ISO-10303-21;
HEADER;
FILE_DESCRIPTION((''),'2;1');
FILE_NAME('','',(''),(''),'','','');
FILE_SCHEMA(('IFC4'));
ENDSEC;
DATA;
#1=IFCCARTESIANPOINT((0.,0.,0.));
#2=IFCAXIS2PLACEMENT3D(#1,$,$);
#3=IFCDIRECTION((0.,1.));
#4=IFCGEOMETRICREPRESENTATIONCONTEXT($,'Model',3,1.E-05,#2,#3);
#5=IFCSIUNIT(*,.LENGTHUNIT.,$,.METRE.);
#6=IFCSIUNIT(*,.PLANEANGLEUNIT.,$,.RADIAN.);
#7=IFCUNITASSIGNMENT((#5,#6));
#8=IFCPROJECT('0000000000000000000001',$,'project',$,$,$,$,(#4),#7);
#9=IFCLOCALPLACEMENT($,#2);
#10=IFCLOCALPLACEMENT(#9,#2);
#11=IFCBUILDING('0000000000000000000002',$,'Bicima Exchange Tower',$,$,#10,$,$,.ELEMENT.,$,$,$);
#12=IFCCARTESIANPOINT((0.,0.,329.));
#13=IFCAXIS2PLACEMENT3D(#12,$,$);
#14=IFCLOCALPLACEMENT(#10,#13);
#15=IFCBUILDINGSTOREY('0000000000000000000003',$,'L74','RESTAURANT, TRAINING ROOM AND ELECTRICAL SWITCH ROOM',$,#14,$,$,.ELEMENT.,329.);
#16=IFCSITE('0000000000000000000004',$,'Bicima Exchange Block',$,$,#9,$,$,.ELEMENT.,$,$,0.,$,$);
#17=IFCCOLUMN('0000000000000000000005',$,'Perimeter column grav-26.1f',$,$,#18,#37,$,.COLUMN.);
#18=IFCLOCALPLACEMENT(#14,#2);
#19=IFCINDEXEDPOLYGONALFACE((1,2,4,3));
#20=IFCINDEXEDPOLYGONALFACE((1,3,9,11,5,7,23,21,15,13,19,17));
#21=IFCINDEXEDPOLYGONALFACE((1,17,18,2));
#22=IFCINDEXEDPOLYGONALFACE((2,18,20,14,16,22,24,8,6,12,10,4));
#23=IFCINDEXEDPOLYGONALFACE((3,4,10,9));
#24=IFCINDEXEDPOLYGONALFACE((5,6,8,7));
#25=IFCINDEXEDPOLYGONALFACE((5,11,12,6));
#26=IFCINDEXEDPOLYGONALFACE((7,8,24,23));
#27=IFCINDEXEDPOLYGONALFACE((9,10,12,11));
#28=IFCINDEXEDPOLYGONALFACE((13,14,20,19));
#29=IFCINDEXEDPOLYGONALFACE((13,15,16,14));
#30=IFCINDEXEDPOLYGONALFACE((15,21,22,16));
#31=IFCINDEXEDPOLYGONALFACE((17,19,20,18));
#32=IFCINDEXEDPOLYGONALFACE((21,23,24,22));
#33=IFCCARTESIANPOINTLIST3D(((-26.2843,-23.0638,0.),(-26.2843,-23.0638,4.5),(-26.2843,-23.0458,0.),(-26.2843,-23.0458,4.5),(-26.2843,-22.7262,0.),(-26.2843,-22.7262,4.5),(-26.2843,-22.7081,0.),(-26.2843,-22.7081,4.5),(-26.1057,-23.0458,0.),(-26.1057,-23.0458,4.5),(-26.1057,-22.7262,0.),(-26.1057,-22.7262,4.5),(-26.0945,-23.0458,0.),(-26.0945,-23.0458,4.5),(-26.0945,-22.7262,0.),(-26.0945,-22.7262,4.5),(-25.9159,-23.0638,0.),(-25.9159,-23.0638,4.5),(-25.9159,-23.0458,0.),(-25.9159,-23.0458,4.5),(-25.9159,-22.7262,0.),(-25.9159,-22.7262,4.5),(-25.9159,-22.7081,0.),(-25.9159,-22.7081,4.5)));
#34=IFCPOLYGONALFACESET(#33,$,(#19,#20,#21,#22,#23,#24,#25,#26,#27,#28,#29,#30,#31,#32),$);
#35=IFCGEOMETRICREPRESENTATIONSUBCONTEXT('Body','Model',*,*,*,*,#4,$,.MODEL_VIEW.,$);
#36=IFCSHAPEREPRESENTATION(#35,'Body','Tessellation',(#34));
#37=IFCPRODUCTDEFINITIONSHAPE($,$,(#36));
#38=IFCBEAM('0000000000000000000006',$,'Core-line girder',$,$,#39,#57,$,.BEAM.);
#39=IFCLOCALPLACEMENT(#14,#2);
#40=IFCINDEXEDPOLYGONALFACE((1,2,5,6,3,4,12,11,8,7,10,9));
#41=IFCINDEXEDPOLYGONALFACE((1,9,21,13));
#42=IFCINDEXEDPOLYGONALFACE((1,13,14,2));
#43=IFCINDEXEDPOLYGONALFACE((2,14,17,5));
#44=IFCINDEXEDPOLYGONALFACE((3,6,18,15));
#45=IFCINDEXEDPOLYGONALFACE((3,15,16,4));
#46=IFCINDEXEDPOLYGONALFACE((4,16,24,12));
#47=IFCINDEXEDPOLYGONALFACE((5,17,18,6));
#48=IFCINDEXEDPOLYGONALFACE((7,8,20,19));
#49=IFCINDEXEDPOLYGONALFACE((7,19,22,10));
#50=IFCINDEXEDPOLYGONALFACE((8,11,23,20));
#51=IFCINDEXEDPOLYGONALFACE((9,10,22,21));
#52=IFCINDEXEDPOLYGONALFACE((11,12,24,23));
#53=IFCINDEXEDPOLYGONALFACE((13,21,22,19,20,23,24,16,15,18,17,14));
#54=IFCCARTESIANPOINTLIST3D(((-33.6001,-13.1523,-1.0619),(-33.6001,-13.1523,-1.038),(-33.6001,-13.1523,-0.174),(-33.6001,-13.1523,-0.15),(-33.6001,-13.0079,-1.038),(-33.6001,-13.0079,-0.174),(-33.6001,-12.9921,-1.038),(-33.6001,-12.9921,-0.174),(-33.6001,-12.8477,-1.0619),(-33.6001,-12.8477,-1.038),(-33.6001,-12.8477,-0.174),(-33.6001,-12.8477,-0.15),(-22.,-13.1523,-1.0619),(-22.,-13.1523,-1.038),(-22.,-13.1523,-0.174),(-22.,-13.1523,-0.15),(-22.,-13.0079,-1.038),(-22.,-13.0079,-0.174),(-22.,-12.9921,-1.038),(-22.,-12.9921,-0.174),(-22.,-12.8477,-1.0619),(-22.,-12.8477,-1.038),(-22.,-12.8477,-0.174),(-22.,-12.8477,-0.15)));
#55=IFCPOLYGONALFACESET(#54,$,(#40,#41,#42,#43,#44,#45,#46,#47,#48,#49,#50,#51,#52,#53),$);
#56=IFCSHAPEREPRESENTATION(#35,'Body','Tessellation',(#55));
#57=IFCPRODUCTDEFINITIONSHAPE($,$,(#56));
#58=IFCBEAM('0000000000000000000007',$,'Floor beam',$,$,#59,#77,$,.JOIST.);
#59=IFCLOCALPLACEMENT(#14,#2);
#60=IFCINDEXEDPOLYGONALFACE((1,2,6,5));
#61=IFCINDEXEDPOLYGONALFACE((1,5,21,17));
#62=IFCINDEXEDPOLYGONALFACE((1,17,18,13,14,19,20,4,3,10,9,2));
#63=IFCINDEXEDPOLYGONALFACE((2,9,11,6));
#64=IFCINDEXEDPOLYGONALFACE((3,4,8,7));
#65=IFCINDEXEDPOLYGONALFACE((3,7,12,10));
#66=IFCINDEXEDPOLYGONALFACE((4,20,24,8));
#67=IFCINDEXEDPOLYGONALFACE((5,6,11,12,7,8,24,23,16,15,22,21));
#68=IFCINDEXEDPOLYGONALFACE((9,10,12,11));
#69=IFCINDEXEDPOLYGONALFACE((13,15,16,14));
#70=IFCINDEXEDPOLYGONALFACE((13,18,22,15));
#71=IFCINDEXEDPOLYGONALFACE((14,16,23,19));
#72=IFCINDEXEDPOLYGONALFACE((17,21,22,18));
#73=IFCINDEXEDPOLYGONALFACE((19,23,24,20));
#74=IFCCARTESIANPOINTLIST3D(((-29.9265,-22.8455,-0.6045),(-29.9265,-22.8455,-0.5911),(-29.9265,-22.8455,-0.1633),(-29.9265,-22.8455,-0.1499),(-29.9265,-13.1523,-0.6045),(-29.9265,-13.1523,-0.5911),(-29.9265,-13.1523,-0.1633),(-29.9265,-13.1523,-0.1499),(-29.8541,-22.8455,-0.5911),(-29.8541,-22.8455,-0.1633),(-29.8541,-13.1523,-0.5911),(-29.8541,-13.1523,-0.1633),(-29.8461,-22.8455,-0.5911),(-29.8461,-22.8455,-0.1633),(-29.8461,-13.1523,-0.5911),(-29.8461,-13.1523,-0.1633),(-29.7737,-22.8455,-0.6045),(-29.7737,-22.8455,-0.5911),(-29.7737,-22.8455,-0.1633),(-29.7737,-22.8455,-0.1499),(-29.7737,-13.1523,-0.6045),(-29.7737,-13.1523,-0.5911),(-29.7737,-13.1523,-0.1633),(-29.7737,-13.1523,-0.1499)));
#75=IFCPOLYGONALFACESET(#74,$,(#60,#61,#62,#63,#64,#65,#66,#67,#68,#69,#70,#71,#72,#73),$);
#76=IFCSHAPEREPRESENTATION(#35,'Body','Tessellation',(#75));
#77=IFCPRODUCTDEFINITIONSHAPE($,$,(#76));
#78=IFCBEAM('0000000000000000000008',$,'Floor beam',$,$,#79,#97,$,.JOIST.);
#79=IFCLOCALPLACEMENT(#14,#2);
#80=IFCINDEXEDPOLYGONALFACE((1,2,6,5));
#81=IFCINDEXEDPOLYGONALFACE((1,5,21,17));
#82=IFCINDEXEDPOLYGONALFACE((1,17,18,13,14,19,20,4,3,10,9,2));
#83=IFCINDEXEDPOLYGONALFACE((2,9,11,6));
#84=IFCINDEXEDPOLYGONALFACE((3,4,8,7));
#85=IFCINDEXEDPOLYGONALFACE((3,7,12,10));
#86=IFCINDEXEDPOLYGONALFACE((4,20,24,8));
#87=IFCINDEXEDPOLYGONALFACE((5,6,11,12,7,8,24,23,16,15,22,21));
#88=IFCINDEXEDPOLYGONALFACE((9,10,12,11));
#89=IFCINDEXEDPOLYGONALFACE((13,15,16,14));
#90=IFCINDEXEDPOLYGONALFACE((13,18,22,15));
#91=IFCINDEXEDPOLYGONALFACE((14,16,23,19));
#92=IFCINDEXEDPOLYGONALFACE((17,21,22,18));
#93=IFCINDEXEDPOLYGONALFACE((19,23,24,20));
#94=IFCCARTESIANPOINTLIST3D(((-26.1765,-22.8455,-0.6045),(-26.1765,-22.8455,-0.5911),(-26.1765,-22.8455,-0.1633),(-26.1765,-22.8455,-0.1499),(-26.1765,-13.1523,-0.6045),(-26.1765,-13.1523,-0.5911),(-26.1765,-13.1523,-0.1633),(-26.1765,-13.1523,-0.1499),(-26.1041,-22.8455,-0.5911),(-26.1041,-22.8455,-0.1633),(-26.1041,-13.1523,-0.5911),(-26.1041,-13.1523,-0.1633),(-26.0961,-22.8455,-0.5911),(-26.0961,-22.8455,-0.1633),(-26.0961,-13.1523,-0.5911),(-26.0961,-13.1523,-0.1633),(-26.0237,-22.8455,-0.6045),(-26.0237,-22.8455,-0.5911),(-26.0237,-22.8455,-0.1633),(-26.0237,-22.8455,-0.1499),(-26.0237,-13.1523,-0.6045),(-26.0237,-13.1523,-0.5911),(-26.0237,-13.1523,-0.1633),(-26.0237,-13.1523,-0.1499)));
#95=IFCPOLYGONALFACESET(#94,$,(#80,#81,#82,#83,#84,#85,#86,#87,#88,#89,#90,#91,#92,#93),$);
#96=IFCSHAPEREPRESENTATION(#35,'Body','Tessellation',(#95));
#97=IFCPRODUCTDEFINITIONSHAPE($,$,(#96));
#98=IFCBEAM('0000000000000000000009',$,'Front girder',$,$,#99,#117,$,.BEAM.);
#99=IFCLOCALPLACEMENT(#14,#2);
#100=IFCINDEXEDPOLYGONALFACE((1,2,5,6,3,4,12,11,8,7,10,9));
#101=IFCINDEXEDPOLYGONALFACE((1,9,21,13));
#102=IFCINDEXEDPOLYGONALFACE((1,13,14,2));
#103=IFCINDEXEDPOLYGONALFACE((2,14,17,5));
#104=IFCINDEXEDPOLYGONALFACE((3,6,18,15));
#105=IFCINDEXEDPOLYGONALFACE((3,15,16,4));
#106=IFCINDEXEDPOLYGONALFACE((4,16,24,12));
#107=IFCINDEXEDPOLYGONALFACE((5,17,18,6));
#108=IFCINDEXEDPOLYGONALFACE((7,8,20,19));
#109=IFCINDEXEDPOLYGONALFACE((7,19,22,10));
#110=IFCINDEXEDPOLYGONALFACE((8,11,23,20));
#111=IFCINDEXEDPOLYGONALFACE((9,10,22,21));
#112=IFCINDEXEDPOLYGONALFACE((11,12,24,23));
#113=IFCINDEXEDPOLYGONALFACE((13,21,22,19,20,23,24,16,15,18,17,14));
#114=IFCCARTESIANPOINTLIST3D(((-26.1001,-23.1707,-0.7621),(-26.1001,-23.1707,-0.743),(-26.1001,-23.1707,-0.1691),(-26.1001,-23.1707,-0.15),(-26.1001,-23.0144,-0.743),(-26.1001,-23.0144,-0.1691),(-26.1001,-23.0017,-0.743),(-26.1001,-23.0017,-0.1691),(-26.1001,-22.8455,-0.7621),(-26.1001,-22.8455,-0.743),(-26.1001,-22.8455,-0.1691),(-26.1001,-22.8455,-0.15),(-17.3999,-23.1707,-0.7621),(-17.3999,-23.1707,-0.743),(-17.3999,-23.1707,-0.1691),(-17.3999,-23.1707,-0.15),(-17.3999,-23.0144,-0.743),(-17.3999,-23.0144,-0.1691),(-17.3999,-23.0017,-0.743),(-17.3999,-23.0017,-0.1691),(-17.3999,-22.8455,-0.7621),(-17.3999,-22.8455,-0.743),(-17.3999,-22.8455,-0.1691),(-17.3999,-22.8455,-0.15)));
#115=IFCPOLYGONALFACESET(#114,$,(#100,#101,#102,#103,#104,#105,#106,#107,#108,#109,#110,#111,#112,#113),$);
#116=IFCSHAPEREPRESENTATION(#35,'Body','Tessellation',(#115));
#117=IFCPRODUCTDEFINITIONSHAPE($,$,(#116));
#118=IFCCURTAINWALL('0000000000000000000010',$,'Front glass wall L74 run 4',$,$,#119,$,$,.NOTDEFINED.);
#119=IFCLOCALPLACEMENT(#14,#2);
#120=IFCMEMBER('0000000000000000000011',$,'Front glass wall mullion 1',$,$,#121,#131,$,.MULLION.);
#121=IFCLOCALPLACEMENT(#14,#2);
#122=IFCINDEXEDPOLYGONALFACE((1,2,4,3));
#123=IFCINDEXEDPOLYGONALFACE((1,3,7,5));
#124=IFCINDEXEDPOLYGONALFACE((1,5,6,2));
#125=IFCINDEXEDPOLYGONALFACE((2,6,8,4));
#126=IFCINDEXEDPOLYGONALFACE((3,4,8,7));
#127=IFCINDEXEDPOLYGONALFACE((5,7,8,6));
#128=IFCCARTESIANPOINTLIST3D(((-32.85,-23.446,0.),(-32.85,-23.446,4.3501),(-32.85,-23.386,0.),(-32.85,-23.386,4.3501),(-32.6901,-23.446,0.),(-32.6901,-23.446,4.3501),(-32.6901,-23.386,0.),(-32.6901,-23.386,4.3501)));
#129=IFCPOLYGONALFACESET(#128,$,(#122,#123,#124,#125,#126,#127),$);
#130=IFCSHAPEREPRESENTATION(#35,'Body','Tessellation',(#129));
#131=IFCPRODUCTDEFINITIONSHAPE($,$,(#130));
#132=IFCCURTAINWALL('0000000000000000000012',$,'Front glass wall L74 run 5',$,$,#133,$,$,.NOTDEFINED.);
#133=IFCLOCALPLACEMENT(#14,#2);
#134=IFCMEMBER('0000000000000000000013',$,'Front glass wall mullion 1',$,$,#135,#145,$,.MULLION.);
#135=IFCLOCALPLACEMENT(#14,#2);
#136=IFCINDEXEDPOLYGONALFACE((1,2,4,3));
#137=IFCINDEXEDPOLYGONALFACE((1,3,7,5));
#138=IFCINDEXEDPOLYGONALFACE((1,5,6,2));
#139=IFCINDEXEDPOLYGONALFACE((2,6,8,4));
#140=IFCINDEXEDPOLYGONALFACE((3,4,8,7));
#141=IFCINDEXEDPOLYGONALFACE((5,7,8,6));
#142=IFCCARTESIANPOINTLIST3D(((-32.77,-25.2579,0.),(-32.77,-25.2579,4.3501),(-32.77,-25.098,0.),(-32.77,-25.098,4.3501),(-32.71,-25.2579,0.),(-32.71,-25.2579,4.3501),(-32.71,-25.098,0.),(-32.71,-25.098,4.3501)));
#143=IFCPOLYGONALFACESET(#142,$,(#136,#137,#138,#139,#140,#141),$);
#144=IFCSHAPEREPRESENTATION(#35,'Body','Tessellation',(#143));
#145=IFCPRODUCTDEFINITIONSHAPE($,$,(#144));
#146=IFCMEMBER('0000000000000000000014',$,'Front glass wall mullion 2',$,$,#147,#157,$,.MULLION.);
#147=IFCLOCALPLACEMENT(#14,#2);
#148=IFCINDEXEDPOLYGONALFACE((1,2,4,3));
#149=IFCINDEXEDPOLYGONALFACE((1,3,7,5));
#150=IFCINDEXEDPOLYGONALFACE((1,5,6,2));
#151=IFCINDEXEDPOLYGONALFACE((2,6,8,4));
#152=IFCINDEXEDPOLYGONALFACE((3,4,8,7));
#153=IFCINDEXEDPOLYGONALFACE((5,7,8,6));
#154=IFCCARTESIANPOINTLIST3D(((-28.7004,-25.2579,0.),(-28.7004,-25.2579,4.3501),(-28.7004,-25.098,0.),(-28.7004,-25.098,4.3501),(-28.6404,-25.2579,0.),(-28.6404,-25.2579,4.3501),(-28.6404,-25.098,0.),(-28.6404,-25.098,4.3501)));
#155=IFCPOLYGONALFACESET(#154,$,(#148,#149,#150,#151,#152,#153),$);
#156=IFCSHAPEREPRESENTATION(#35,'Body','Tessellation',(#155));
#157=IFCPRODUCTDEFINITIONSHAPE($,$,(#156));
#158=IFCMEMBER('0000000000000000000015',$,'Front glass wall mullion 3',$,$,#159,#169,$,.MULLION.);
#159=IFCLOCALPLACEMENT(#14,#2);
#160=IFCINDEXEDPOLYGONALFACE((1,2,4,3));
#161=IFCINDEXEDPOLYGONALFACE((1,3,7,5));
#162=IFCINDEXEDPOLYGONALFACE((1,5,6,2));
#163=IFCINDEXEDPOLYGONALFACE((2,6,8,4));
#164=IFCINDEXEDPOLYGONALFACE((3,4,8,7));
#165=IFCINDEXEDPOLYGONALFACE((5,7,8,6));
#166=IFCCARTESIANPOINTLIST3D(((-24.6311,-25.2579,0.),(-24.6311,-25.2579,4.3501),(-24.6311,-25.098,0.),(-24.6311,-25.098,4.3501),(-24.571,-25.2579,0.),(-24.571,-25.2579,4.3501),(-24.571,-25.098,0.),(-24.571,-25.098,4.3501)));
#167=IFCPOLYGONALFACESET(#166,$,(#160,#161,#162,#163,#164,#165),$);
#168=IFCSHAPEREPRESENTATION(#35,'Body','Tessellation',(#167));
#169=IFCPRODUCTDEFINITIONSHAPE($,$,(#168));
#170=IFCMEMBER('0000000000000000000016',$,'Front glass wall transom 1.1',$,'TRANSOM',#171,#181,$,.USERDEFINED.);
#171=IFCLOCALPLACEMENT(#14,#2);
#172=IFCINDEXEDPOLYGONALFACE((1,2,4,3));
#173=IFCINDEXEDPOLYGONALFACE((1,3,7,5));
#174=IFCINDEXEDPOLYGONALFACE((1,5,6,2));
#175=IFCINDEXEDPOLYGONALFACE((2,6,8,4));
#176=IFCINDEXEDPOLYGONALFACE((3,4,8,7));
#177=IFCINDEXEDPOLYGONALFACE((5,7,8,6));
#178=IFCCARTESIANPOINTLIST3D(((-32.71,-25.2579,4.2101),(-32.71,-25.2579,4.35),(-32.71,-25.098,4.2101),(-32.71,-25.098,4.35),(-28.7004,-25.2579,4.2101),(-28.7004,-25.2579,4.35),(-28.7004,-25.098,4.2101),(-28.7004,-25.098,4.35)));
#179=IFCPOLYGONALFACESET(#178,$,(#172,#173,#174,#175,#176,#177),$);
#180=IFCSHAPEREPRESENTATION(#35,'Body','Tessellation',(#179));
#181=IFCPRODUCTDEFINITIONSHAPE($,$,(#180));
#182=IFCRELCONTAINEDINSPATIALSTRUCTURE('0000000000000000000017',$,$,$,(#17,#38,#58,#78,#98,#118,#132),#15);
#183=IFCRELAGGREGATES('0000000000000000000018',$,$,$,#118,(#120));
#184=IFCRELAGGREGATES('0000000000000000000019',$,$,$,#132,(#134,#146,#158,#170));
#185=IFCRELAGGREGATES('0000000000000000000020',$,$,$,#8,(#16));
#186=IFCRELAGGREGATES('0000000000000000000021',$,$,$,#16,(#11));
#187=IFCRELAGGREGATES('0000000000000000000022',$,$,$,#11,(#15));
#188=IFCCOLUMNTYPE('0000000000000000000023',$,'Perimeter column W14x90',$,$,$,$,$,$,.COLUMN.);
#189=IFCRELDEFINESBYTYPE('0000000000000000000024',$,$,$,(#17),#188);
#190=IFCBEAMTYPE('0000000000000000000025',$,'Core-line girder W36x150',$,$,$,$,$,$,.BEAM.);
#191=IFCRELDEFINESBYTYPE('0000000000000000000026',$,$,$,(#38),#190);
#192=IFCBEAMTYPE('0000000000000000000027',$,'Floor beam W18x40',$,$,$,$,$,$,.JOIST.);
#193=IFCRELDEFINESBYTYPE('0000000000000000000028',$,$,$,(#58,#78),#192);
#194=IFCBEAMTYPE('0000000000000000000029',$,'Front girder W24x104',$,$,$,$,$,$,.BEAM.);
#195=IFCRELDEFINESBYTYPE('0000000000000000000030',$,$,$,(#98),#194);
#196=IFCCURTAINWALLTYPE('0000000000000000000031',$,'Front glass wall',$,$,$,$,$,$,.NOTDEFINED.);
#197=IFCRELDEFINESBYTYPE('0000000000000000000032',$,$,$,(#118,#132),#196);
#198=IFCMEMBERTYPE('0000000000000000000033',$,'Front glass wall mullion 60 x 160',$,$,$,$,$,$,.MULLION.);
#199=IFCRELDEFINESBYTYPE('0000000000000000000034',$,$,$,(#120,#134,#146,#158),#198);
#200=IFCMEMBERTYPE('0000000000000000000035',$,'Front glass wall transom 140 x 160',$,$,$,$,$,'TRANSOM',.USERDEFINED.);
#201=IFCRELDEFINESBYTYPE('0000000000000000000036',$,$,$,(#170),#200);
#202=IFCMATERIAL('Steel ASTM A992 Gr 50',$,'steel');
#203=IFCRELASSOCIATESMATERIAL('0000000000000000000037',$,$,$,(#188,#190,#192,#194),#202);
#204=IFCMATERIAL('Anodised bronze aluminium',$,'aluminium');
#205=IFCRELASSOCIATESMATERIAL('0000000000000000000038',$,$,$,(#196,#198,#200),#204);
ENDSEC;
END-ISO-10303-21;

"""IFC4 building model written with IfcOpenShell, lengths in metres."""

from ifc_helpers import new_model, si_unit, direction, frame, origin, origin_2d, place, context, subcontext, project, spatial, rectangle, i_section, extrude, material, material_profile, profile_set, type_object, element, aggregate, save


model = new_model("IFC4")

# Units and contexts
model_context = context("Model", 3, precision=1e-05, world=origin(), true_north=direction((0.0, 1.0)))
body_context = subcontext(model_context, "Body", "Model", "MODEL_VIEW")
ifc_project = project(units=[si_unit("LENGTHUNIT", "METRE"), si_unit("PLANEANGLEUNIT", "RADIAN")], contexts=[model_context])

# Site, building, storey
site_placement = place(None, origin())
site = spatial("IfcSite", under=ifc_project, at=site_placement, Name="Bicima Exchange Block", CompositionType="ELEMENT", RefElevation=0.0)
building_placement = place(site_placement, origin())
building = spatial("IfcBuilding", under=site, at=building_placement, Name="Bicima Exchange Tower", CompositionType="ELEMENT")
storey_placement = place(building_placement, frame((0.0, 0.0, 329.0)))
storey = spatial("IfcBuildingStorey", under=building, at=storey_placement, Name="L74", Description="RESTAURANT, TRAINING ROOM AND ELECTRICAL SWITCH ROOM", CompositionType="ELEMENT", Elevation=329.0)

# Column
ifc_material_1 = material(Name="Steel ASTM A992 Gr 50", Category="steel")
ifc_material_profile_1 = material_profile(ifc_material_1, i_section(OverallWidth=0.3684, OverallDepth=0.3557, WebThickness=0.0112, FlangeThickness=0.0181, at=origin_2d()))
ifc_profile_set_1 = profile_set([ifc_material_profile_1], Name="Steel ASTM A992 Gr 50")
column_type = type_object("IfcColumnType", Name="Perimeter column W14x90", PredefinedType="COLUMN", material=ifc_profile_set_1)
column_placement = place(storey_placement, frame((-26.1001, -22.886, 0.0), z_axis=(0.0, 0.0, 1.0), x_axis=(1.0, 0.0, 0.0)))
element("IfcColumn", 1, at=column_placement, inside=storey, type_object=column_type, Name="Perimeter column grav-26.1f", PredefinedType="COLUMN", context=body_context, shape_type="SweptSolid", body=[
    extrude(i_section(OverallWidth=0.3684, OverallDepth=0.3557, WebThickness=0.0112, FlangeThickness=0.0181, at=origin_2d()), origin(), (0.0, 0.0, 1.0), 4.5),
])

# Beams
ifc_material_profile_2 = material_profile(ifc_material_1, i_section(OverallWidth=0.3047, OverallDepth=0.9119, WebThickness=0.0159, FlangeThickness=0.0239, at=origin_2d()))
ifc_profile_set_2 = profile_set([ifc_material_profile_2], Name="Steel ASTM A992 Gr 50")
beam_type_1 = type_object("IfcBeamType", Name="Core-line girder W36x150", PredefinedType="BEAM", material=ifc_profile_set_2)
beam_1_placement = place(storey_placement, frame((-22.0, -13.0, -0.606), z_axis=(-1.0, 0.0, 0.0), x_axis=(0.0, -1.0, 0.0)))
element("IfcBeam", 2, at=beam_1_placement, inside=storey, type_object=beam_type_1, Name="Core-line girder", PredefinedType="BEAM", context=body_context, shape_type="SweptSolid", body=[
    extrude(i_section(OverallWidth=0.3047, OverallDepth=0.9119, WebThickness=0.0159, FlangeThickness=0.0239, at=origin_2d()), origin(), (0.0, 0.0, 1.0), 11.6001),
])
ifc_material_profile_3 = material_profile(ifc_material_1, i_section(OverallWidth=0.1528, OverallDepth=0.4546, WebThickness=0.0081, FlangeThickness=0.0134, at=origin_2d()))
ifc_profile_set_3 = profile_set([ifc_material_profile_3], Name="Steel ASTM A992 Gr 50")
beam_type_2 = type_object("IfcBeamType", Name="Floor beam W18x40", PredefinedType="JOIST", material=ifc_profile_set_3)
for number, where, z_axis, x_axis, name in (
    (3, (-29.8501, -13.1523, -0.3772), (0.0, -1.0, 0.0), (1.0, 0.0, 0.0), "Floor beam"),
    (4, (-26.1001, -13.1523, -0.3772), (0.0, -1.0, 0.0), (1.0, 0.0, 0.0), "Floor beam"),
):
    element("IfcBeam", number, at=place(storey_placement, frame(where, z_axis=z_axis, x_axis=x_axis)), inside=storey, type_object=beam_type_2, Name=name, PredefinedType="JOIST", context=body_context, shape_type="SweptSolid", body=[
        extrude(i_section(OverallWidth=0.1528, OverallDepth=0.4546, WebThickness=0.0081, FlangeThickness=0.0134, at=origin_2d()), origin(), (0.0, 0.0, 1.0), 9.6931),
    ])
ifc_material_profile_4 = material_profile(ifc_material_1, i_section(OverallWidth=0.3252, OverallDepth=0.6121, WebThickness=0.0127, FlangeThickness=0.019, at=origin_2d()))
ifc_profile_set_4 = profile_set([ifc_material_profile_4], Name="Steel ASTM A992 Gr 50")
beam_type_3 = type_object("IfcBeamType", Name="Front girder W24x104", PredefinedType="BEAM", material=ifc_profile_set_4)
beam_2_placement = place(storey_placement, frame((-26.1001, -23.0081, -0.4561), z_axis=(1.0, 0.0, 0.0), x_axis=(0.0, 1.0, 0.0)))
element("IfcBeam", 5, at=beam_2_placement, inside=storey, type_object=beam_type_3, Name="Front girder", PredefinedType="BEAM", context=body_context, shape_type="SweptSolid", body=[
    extrude(i_section(OverallWidth=0.3252, OverallDepth=0.6121, WebThickness=0.0127, FlangeThickness=0.019, at=origin_2d()), origin(), (0.0, 0.0, 1.0), 8.7002),
])

# Curtain wall, member
ifc_material_2 = material(Name="Anodised bronze aluminium", Category="aluminium")
curtain_wall_type = type_object("IfcCurtainWallType", Name="Front glass wall", PredefinedType="NOTDEFINED", material=ifc_material_2)
curtain_wall_1_placement = place(storey_placement, origin())
curtain_wall_1 = element("IfcCurtainWall", 6, at=curtain_wall_1_placement, inside=storey, type_object=curtain_wall_type, Name="Front glass wall L74 run 4", PredefinedType="NOTDEFINED")
ifc_material_profile_5 = material_profile(ifc_material_2, rectangle(XDim=0.1599, YDim=0.0601, at=origin_2d()))
ifc_profile_set_5 = profile_set([ifc_material_profile_5], Name="Anodised bronze aluminium")
member_type_1 = type_object("IfcMemberType", Name="Front glass wall mullion 60 x 160", PredefinedType="MULLION", material=ifc_profile_set_5)
member_1_placement = place(storey_placement, frame((-32.77, -23.416, 0.0), z_axis=(0.0, 0.0, 1.0), x_axis=(1.0, 0.0, 0.0)))
member_1 = element("IfcMember", 7, at=member_1_placement, type_object=member_type_1, Name="Front glass wall mullion 1", PredefinedType="MULLION", context=body_context, shape_type="SweptSolid", body=[
    extrude(rectangle(XDim=0.1599, YDim=0.0601, at=origin_2d()), origin(), (0.0, 0.0, 1.0), 4.3501),
])
aggregate(curtain_wall_1, [member_1])

# Curtain wall, members
curtain_wall_2_placement = place(storey_placement, origin())
curtain_wall_2 = element("IfcCurtainWall", 8, at=curtain_wall_2_placement, inside=storey, type_object=curtain_wall_type, Name="Front glass wall L74 run 5", PredefinedType="NOTDEFINED")
member_2_placement = place(storey_placement, frame((-32.74, -25.178, 0.0), z_axis=(0.0, 0.0, 1.0), x_axis=(0.0, 1.0, 0.0)))
member_2 = element("IfcMember", 9, at=member_2_placement, type_object=member_type_1, Name="Front glass wall mullion 1", PredefinedType="MULLION", context=body_context, shape_type="SweptSolid", body=[
    extrude(rectangle(XDim=0.1599, YDim=0.0601, at=origin_2d()), origin(), (0.0, 0.0, 1.0), 4.3501),
])
member_3_placement = place(storey_placement, frame((-28.6704, -25.178, 0.0), z_axis=(0.0, 0.0, 1.0), x_axis=(0.0, 1.0, 0.0)))
member_3 = element("IfcMember", 10, at=member_3_placement, type_object=member_type_1, Name="Front glass wall mullion 2", PredefinedType="MULLION", context=body_context, shape_type="SweptSolid", body=[
    extrude(rectangle(XDim=0.1599, YDim=0.0601, at=origin_2d()), origin(), (0.0, 0.0, 1.0), 4.3501),
])
member_4_placement = place(storey_placement, frame((-24.6011, -25.178, 0.0), z_axis=(0.0, 0.0, 1.0), x_axis=(0.0, 1.0, 0.0)))
member_4 = element("IfcMember", 11, at=member_4_placement, type_object=member_type_1, Name="Front glass wall mullion 3", PredefinedType="MULLION", context=body_context, shape_type="SweptSolid", body=[
    extrude(rectangle(XDim=0.1599, YDim=0.0601, at=origin_2d()), origin(), (0.0, 0.0, 1.0), 4.3501),
])
ifc_material_profile_6 = material_profile(ifc_material_2, rectangle(XDim=0.1599, YDim=0.1399, at=origin_2d()))
ifc_profile_set_6 = profile_set([ifc_material_profile_6], Name="Anodised bronze aluminium")
member_type_2 = type_object("IfcMemberType", Name="Front glass wall transom 140 x 160", ElementType="TRANSOM", PredefinedType="USERDEFINED", material=ifc_profile_set_6)
member_5_placement = place(storey_placement, frame((-32.71, -25.178, 4.28), z_axis=(1.0, 0.0, 0.0), x_axis=(0.0, 1.0, 0.0)))
member_5 = element("IfcMember", 12, at=member_5_placement, type_object=member_type_2, Name="Front glass wall transom 1.1", ObjectType="TRANSOM", PredefinedType="USERDEFINED", context=body_context, shape_type="SweptSolid", body=[
    extrude(rectangle(XDim=0.1599, YDim=0.1399, at=origin_2d()), origin(), (0.0, 0.0, 1.0), 4.0095),
])
aggregate(curtain_wall_2, [member_2, member_3, member_4, member_5])

save(model, "model.ifc")
